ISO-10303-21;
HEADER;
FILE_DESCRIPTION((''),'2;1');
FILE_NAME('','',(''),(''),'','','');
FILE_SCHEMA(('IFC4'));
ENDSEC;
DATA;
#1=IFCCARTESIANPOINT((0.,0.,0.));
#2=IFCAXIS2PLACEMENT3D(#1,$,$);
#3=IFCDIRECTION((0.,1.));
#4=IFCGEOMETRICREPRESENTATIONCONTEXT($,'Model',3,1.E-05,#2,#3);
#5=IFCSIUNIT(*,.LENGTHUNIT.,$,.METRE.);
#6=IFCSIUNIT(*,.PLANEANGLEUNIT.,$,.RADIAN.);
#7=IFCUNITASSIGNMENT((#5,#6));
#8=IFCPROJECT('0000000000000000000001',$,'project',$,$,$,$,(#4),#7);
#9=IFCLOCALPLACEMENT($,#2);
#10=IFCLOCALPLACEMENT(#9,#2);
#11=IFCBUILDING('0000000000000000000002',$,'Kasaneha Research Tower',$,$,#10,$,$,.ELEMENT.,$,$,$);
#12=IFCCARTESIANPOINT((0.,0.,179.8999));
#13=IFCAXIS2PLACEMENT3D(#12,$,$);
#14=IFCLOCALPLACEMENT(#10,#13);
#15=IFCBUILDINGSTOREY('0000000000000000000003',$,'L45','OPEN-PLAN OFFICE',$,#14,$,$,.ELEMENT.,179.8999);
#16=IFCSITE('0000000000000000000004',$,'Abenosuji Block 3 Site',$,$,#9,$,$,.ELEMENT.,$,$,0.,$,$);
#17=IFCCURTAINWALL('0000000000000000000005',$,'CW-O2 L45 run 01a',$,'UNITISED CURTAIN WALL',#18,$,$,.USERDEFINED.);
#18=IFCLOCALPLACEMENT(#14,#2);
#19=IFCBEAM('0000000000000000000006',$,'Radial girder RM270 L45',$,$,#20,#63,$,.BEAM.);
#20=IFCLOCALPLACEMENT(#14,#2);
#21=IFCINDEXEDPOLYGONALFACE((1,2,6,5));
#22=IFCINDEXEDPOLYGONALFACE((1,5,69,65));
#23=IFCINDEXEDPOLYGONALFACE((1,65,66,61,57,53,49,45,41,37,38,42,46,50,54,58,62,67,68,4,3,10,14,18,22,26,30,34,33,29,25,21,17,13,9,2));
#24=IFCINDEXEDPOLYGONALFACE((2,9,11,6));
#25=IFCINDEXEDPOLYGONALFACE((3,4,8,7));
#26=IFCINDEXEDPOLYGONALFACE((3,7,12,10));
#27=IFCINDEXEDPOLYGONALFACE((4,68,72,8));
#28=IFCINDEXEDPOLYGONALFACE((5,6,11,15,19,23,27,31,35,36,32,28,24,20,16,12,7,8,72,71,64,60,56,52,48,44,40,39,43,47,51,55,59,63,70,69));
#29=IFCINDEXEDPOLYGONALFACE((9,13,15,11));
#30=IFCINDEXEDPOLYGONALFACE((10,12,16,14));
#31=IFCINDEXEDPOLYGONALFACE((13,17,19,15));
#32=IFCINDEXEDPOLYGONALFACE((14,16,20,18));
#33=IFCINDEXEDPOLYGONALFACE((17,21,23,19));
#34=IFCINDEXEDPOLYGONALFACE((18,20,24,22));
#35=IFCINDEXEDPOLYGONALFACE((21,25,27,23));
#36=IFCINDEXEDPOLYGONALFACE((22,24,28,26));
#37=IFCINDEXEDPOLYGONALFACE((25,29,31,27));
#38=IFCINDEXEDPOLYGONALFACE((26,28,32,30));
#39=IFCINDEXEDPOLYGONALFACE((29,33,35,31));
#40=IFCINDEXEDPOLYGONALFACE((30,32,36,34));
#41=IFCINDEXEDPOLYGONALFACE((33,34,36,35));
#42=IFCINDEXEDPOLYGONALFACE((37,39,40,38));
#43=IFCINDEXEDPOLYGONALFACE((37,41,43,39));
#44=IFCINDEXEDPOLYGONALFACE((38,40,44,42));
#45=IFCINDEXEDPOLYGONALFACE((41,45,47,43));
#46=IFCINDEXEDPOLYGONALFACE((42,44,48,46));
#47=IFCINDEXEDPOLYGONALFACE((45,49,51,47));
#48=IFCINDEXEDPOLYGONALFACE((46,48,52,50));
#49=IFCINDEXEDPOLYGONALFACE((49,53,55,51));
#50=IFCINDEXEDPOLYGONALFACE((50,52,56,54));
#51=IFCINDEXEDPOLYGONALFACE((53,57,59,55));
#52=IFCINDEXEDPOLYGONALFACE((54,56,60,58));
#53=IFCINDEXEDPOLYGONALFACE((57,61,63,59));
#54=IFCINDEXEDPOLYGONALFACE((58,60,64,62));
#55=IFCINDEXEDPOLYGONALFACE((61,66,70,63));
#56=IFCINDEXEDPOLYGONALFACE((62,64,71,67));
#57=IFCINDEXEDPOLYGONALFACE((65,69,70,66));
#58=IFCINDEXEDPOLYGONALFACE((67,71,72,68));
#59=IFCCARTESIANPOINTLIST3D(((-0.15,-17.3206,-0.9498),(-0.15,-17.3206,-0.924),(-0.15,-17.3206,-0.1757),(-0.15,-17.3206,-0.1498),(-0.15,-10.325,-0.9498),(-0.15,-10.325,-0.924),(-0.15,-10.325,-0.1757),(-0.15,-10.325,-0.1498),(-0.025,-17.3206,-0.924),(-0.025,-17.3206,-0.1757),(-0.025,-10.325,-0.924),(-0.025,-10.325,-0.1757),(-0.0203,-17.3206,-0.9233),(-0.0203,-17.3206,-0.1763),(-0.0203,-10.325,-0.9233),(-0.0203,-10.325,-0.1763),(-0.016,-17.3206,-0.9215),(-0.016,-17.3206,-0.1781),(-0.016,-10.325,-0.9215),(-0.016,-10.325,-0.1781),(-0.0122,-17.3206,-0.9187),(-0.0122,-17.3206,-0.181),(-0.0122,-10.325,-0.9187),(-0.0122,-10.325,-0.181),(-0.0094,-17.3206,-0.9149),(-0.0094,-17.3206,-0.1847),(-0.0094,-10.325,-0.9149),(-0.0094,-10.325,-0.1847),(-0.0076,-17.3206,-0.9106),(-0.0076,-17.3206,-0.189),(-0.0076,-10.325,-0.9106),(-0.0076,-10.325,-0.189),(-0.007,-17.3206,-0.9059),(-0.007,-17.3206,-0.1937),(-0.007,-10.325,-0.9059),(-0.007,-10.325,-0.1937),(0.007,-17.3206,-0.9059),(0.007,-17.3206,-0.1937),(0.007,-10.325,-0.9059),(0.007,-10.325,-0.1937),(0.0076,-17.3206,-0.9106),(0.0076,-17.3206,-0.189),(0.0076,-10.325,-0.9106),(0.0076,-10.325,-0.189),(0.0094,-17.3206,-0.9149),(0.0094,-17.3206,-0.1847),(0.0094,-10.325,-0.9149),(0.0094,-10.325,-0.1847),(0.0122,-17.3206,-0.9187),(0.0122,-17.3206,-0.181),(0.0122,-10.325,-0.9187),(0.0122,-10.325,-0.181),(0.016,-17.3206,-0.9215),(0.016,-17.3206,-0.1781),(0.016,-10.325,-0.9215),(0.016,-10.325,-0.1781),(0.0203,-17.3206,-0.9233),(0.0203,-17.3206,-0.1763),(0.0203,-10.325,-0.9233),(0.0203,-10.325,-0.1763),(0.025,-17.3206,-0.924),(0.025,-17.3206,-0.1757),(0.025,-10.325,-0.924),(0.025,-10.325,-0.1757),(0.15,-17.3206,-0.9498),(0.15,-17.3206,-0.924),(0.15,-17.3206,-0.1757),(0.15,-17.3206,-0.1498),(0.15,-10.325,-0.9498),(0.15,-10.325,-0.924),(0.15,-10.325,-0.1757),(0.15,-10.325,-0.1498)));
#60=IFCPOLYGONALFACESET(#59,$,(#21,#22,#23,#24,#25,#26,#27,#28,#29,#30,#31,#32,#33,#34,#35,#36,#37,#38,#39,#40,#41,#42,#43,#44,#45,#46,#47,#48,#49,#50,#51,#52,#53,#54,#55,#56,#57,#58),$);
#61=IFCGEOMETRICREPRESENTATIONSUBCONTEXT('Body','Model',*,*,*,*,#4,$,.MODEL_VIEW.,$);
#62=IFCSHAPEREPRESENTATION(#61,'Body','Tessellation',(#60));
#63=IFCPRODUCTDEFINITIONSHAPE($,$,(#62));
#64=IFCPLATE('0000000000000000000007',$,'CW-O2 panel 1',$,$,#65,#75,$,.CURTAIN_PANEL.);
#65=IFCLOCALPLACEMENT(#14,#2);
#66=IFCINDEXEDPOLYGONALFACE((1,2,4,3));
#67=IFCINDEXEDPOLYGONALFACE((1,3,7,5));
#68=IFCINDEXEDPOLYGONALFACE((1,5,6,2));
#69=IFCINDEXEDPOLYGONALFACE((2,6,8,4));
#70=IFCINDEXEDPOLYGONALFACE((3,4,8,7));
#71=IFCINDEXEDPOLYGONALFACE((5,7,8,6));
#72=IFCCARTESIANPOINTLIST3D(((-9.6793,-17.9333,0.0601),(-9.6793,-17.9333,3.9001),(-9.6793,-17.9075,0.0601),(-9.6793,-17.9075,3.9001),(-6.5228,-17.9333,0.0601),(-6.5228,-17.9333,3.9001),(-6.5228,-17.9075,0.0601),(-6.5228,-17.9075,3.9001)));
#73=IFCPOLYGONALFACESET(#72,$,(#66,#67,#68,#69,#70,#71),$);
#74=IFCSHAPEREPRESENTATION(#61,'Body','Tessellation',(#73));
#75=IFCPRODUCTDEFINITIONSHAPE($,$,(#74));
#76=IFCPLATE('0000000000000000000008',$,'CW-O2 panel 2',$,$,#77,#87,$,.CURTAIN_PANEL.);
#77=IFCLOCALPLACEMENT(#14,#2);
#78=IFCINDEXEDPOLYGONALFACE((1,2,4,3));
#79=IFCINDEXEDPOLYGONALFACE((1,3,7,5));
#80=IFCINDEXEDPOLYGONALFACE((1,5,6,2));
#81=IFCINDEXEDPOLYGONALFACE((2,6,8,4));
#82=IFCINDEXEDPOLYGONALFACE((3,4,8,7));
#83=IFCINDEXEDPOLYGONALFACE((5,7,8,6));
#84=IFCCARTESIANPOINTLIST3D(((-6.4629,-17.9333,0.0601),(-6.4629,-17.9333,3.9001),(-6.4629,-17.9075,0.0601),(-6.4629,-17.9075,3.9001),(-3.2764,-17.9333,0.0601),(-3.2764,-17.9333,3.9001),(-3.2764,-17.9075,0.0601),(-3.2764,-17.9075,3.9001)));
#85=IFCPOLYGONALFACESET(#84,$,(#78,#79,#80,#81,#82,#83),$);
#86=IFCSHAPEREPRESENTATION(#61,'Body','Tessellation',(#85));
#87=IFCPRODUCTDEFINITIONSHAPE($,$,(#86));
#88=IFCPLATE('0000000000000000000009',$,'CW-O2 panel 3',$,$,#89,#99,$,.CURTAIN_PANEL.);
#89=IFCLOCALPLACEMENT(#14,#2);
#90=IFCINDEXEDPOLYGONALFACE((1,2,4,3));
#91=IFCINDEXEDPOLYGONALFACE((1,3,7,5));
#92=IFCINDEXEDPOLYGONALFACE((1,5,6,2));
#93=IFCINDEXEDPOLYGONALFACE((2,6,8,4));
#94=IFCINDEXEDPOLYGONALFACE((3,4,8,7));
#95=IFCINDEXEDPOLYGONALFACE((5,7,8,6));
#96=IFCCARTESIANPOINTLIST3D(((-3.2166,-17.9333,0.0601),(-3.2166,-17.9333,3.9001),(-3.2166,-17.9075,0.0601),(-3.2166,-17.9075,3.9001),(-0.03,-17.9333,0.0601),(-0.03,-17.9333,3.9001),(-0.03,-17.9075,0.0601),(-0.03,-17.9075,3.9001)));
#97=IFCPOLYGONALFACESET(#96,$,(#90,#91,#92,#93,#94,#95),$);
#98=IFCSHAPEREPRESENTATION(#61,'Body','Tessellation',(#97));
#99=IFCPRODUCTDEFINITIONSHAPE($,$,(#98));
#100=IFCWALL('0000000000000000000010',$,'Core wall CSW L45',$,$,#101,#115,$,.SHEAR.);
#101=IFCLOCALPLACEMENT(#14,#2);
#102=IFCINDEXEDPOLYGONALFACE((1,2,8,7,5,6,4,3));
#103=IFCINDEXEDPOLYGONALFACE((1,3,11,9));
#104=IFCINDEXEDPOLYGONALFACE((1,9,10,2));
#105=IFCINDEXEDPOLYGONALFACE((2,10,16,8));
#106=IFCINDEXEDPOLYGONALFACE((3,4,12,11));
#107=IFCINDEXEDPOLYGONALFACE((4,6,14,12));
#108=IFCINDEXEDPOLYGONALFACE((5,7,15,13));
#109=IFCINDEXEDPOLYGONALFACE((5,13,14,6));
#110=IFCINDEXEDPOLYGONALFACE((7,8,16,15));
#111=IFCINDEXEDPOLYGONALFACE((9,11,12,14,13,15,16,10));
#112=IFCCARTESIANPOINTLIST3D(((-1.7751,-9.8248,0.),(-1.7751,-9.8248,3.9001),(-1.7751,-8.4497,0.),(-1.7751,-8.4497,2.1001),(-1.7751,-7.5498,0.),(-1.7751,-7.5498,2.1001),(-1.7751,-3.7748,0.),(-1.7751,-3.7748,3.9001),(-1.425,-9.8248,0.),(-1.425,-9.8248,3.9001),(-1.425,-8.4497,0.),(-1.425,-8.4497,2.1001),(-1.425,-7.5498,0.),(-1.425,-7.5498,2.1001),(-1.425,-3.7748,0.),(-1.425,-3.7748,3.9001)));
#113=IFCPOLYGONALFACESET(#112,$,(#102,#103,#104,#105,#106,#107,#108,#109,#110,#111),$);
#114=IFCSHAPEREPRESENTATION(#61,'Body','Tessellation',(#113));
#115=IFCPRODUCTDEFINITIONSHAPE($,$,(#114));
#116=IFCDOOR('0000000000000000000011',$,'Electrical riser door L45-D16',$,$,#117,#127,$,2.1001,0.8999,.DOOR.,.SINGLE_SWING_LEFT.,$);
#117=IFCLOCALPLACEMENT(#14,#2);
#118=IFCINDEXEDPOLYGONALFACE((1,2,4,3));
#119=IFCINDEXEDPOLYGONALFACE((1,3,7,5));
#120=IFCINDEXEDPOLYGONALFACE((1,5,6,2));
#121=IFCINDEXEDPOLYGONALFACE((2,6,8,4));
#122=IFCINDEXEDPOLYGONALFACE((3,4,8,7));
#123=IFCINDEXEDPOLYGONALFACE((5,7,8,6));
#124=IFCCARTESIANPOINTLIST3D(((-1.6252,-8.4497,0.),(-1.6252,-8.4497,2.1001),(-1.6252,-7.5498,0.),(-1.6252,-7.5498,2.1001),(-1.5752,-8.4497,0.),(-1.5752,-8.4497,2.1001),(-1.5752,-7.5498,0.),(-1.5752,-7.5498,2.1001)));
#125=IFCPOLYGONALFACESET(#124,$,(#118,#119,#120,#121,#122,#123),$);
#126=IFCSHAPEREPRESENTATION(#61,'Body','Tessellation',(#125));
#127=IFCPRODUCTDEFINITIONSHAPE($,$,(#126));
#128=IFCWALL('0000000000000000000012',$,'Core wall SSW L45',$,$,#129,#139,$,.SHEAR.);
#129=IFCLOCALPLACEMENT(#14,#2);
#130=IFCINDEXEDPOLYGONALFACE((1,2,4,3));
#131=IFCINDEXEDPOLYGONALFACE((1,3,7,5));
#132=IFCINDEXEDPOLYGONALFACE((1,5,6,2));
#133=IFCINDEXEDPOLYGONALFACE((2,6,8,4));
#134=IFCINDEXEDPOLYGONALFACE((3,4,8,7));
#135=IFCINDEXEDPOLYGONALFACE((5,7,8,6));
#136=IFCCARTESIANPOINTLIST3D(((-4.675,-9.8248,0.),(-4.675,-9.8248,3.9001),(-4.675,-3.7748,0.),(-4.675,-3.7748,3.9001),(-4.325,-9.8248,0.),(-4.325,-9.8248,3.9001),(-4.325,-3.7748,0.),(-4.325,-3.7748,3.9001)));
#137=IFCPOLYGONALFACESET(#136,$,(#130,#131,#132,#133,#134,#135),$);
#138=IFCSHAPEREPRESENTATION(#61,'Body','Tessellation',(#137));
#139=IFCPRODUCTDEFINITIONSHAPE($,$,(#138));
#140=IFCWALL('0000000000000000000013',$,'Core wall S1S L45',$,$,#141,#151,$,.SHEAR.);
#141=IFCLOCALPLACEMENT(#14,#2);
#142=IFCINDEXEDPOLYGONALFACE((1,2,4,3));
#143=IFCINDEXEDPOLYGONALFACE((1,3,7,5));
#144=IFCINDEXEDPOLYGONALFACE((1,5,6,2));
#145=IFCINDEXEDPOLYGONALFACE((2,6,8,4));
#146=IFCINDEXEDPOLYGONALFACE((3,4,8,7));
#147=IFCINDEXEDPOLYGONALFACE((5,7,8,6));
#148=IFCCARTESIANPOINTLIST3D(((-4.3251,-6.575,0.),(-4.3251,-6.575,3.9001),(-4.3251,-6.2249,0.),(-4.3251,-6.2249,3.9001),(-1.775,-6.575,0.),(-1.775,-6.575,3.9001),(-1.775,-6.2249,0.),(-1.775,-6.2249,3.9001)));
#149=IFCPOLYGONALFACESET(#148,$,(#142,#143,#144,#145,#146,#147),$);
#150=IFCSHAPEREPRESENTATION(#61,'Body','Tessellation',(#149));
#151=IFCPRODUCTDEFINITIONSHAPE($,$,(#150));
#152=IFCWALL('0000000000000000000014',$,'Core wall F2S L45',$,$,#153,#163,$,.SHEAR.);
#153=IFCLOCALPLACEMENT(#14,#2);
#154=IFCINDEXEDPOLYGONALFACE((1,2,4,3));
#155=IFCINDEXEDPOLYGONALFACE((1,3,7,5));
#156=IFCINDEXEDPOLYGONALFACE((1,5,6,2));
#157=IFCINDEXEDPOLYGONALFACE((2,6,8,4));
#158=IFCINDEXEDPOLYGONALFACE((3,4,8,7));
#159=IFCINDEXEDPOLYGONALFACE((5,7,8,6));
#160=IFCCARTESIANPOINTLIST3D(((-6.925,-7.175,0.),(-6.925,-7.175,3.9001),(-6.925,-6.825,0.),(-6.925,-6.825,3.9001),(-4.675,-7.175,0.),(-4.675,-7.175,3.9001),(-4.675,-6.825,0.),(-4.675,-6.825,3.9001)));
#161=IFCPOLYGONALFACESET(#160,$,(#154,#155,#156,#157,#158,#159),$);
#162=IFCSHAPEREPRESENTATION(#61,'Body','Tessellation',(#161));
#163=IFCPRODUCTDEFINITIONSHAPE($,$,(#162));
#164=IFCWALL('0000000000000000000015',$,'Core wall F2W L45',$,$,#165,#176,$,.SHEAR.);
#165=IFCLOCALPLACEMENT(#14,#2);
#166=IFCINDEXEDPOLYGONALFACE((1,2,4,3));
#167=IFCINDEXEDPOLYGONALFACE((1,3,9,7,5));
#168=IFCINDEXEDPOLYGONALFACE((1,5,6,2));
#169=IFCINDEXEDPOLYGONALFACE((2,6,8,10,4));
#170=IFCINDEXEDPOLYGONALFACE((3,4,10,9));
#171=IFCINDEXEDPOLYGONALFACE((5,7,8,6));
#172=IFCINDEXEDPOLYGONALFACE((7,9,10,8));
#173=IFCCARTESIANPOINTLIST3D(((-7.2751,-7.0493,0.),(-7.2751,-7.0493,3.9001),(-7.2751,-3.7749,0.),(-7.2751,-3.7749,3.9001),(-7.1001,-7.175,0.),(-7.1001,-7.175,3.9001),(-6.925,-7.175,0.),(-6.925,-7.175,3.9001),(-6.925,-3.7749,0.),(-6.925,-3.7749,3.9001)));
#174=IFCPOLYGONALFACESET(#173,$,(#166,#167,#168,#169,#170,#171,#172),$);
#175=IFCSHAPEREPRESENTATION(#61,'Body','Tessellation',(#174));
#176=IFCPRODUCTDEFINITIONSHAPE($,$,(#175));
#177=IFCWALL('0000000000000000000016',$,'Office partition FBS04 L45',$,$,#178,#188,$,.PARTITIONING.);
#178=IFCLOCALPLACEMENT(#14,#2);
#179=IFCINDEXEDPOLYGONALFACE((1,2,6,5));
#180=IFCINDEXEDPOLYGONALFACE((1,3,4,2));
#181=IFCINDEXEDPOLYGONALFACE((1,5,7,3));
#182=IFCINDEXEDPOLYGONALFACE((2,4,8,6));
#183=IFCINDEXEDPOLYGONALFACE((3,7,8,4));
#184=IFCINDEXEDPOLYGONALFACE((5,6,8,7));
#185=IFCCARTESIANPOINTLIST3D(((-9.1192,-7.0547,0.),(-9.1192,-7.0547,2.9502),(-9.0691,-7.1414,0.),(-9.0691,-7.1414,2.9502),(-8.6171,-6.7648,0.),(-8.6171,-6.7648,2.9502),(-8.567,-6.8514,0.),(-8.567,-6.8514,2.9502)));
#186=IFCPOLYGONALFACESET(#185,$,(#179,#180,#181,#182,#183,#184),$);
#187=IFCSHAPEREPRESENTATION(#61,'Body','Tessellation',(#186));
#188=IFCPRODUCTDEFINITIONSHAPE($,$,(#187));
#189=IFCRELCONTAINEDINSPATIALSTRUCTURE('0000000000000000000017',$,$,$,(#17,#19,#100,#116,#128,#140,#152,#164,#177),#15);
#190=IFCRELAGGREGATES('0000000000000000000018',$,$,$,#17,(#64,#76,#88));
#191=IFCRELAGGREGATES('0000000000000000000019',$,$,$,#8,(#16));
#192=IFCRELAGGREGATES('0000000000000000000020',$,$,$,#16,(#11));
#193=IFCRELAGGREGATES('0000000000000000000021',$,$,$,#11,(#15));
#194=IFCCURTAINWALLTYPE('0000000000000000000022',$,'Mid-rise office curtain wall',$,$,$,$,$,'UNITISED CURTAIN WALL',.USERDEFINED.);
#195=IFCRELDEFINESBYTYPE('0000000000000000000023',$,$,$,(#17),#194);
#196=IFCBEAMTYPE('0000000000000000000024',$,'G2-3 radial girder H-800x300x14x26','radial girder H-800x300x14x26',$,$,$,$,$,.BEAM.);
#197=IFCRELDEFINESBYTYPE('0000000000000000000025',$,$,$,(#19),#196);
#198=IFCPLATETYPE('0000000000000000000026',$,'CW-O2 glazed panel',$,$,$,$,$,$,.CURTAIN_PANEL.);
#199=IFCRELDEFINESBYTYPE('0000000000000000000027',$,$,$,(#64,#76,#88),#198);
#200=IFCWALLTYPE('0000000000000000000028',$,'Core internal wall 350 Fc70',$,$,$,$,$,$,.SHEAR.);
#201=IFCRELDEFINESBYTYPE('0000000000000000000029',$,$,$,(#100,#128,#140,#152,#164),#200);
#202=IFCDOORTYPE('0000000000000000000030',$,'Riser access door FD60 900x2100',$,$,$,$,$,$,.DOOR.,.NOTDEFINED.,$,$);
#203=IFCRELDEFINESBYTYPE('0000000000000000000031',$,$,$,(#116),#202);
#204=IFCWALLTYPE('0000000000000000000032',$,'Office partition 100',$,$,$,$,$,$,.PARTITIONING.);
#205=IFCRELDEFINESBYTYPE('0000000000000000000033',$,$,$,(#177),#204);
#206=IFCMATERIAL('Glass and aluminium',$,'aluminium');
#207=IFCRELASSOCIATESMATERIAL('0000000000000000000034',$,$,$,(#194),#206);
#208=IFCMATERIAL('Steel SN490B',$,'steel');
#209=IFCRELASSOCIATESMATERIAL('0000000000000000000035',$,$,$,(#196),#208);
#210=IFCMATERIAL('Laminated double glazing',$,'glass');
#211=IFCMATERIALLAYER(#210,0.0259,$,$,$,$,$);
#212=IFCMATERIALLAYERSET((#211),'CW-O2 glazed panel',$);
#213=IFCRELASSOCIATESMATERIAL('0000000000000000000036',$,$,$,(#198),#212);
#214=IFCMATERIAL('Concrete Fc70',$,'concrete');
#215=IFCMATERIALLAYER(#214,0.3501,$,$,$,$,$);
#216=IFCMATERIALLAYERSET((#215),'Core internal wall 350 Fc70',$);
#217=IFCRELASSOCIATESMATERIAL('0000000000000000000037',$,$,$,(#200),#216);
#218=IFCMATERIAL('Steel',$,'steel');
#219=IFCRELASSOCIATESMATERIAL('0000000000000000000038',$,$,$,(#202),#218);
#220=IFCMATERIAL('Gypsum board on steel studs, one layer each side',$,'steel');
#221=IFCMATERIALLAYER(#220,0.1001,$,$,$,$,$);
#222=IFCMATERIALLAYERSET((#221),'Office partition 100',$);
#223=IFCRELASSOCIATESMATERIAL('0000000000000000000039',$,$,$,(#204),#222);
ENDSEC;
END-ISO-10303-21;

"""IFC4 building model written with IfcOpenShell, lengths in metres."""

from ifc_helpers import new_model, si_unit, direction, frame, frame_2d, origin, origin_2d, place, context, subcontext, project, spatial, polyline, rectangle, i_section, outline, extrude, material, layer, layer_set, material_profile, profile_set, type_object, element, fill, aggregate, save


model = new_model("IFC4")

# Units and contexts
model_context = context("Model", 3, precision=1e-05, world=origin(), true_north=direction((0.0, 1.0)))
body_context = subcontext(model_context, "Body", "Model", "MODEL_VIEW")
ifc_project = project(units=[si_unit("LENGTHUNIT", "METRE"), si_unit("PLANEANGLEUNIT", "RADIAN")], contexts=[model_context])

# Site, building, storey
site_placement = place(None, origin())
site = spatial("IfcSite", under=ifc_project, at=site_placement, Name="Abenosuji Block 3 Site", CompositionType="ELEMENT", RefElevation=0.0)
building_placement = place(site_placement, origin())
building = spatial("IfcBuilding", under=site, at=building_placement, Name="Kasaneha Research Tower", CompositionType="ELEMENT")
storey_placement = place(building_placement, frame((0.0, 0.0, 179.8999)))
storey = spatial("IfcBuildingStorey", under=building, at=storey_placement, Name="L45", Description="OPEN-PLAN OFFICE", CompositionType="ELEMENT", Elevation=179.8999)

# Curtain wall
ifc_material_1 = material(Name="Glass and aluminium", Category="aluminium")
curtain_wall_type = type_object("IfcCurtainWallType", Name="Mid-rise office curtain wall", ElementType="UNITISED CURTAIN WALL", PredefinedType="USERDEFINED", material=ifc_material_1)
curtain_wall_placement = place(storey_placement, origin())
curtain_wall = element("IfcCurtainWall", 1, at=curtain_wall_placement, inside=storey, type_object=curtain_wall_type, Name="CW-O2 L45 run 01a", ObjectType="UNITISED CURTAIN WALL", PredefinedType="USERDEFINED")

# Beam
ifc_material_2 = material(Name="Steel SN490B", Category="steel")
ifc_material_profile_1 = material_profile(ifc_material_2, i_section(OverallWidth=0.3, OverallDepth=0.8, WebThickness=0.0139, FlangeThickness=0.0259, FilletRadius=0.0181, at=origin_2d()), Name="H-800x300x14x26")
ifc_profile_set_1 = profile_set([ifc_material_profile_1], Name="Steel SN490B")
beam_type_1 = type_object("IfcBeamType", Name="G2-3 radial girder H-800x300x14x26", Description="radial girder H-800x300x14x26", PredefinedType="BEAM", material=ifc_profile_set_1)
beam_1_placement = place(storey_placement, frame((0.0, -10.325, -0.5498), z_axis=(0.0, -1.0, 0.0), x_axis=(1.0, 0.0, 0.0)))
element("IfcBeam", 2, at=beam_1_placement, inside=storey, type_object=beam_type_1, Name="Radial girder RM270 L45", PredefinedType="BEAM", context=body_context, shape_type="SweptSolid", body=[
    extrude(i_section(OverallWidth=0.3, OverallDepth=0.8, WebThickness=0.0139, FlangeThickness=0.0259, FilletRadius=0.0181, at=origin_2d()), origin(), (0.0, 0.0, 1.0), 6.9956),
])

# Plates
ifc_material_3 = material(Name="Laminated double glazing", Category="glass")
ifc_layer_1 = layer(ifc_material_3, 0.0259)
ifc_layer_set_1 = layer_set([ifc_layer_1], Name="CW-O2 glazed panel")
plate_type = type_object("IfcPlateType", Name="CW-O2 glazed panel", PredefinedType="CURTAIN_PANEL", material=ifc_layer_set_1)
plate_1_placement = place(storey_placement, frame((-8.1011, -17.9204, 0.0601), z_axis=(0.0, 0.0, 1.0), x_axis=(1.0, 0.0, 0.0)))
plate_1 = element("IfcPlate", 3, at=plate_1_placement, type_object=plate_type, Name="CW-O2 panel 1", PredefinedType="CURTAIN_PANEL", context=body_context, shape_type="SweptSolid", body=[
    extrude(rectangle(XDim=3.1565, YDim=0.0259, at=origin_2d()), origin(), (0.0, 0.0, 1.0), 3.8401),
])
plate_2_placement = place(storey_placement, frame((-4.8696, -17.9204, 0.0601), z_axis=(0.0, 0.0, 1.0), x_axis=(1.0, 0.0, 0.0)))
plate_2 = element("IfcPlate", 4, at=plate_2_placement, type_object=plate_type, Name="CW-O2 panel 2", PredefinedType="CURTAIN_PANEL", context=body_context, shape_type="SweptSolid", body=[
    extrude(rectangle(XDim=3.1865, YDim=0.0259, at=origin_2d()), origin(), (0.0, 0.0, 1.0), 3.8401),
])
plate_3_placement = place(storey_placement, frame((-1.6233, -17.9204, 0.0601), z_axis=(0.0, 0.0, 1.0), x_axis=(1.0, 0.0, 0.0)))
plate_3 = element("IfcPlate", 5, at=plate_3_placement, type_object=plate_type, Name="CW-O2 panel 3", PredefinedType="CURTAIN_PANEL", context=body_context, shape_type="SweptSolid", body=[
    extrude(rectangle(XDim=3.1865, YDim=0.0259, at=origin_2d()), origin(), (0.0, 0.0, 1.0), 3.8401),
])
aggregate(curtain_wall, [plate_1, plate_2, plate_3])

# Wall, opening, door
ifc_material_4 = material(Name="Concrete Fc70", Category="concrete")
ifc_layer_2 = layer(ifc_material_4, 0.3501)
ifc_layer_set_2 = layer_set([ifc_layer_2], Name="Core internal wall 350 Fc70")
wall_type_1 = type_object("IfcWallType", Name="Core internal wall 350 Fc70", PredefinedType="SHEAR", material=ifc_layer_set_2)
wall_1_placement = place(storey_placement, frame((-1.6001, -3.7749, 0.0), z_axis=(0.0, 0.0, 1.0), x_axis=(0.0, -1.0, 0.0)))
wall_1 = element("IfcWall", 6, at=wall_1_placement, inside=storey, type_object=wall_type_1, Name="Core wall CSW L45", PredefinedType="SHEAR", context=body_context, shape_type="SweptSolid", body=[
    extrude(rectangle(XDim=6.05, YDim=0.3501, at=frame_2d((3.0249, 0.0))), origin(), (0.0, 0.0, 1.0), 3.9001),
])
opening_1_placement = place(wall_1_placement, frame((3.7749, 0.0, 0.0)))
opening_1 = element("IfcOpeningElement", 7, at=opening_1_placement, cuts=wall_1, PredefinedType="OPENING", context=body_context, shape_type="SweptSolid", body=[
    extrude(rectangle(XDim=0.8999, YDim=2.1001, at=frame_2d((0.45, 1.05))), frame((0.0, 0.1851, 0.0), z_axis=(0.0, -1.0, 0.0), x_axis=(1.0, 0.0, 0.0)), (0.0, 0.0, 1.0), 0.3701),
])
ifc_material_5 = material(Name="Steel", Category="steel")
door_type_1 = type_object("IfcDoorType", Name="Riser access door FD60 900x2100", OperationType="NOTDEFINED", PredefinedType="DOOR", material=ifc_material_5)
door_1_placement = place(opening_1_placement, origin())
door_1 = element("IfcDoor", 8, at=door_1_placement, inside=storey, type_object=door_type_1, Name="Electrical riser door L45-D16", OperationType="SINGLE_SWING_LEFT", OverallHeight=2.1001, OverallWidth=0.8999, PredefinedType="DOOR", context=body_context, shape_type="SweptSolid", body=[
    extrude(rectangle(XDim=0.8999, YDim=2.1001, at=frame_2d((0.45, 1.05))), frame((0.0, 0.0249, 0.0), z_axis=(0.0, -1.0, 0.0), x_axis=(1.0, 0.0, 0.0)), (0.0, 0.0, 1.0), 0.05),
])
fill(opening_1, door_1)

# Walls
wall_2_placement = place(storey_placement, frame((-4.5, -3.7749, 0.0), z_axis=(0.0, 0.0, 1.0), x_axis=(0.0, -1.0, 0.0)))
element("IfcWall", 9, at=wall_2_placement, inside=storey, type_object=wall_type_1, Name="Core wall SSW L45", PredefinedType="SHEAR", context=body_context, shape_type="SweptSolid", body=[
    extrude(rectangle(XDim=6.05, YDim=0.3501, at=frame_2d((3.0249, 0.0))), origin(), (0.0, 0.0, 1.0), 3.9001),
])
wall_3_placement = place(storey_placement, frame((-4.325, -6.3999, 0.0), z_axis=(0.0, 0.0, 1.0), x_axis=(1.0, 0.0, 0.0)))
element("IfcWall", 10, at=wall_3_placement, inside=storey, type_object=wall_type_1, Name="Core wall S1S L45", PredefinedType="SHEAR", context=body_context, shape_type="SweptSolid", body=[
    extrude(rectangle(XDim=2.55, YDim=0.3501, at=frame_2d((1.2749, 0.0))), origin(), (0.0, 0.0, 1.0), 3.9001),
])
wall_4_placement = place(storey_placement, frame((-6.925, -7.0, 0.0), z_axis=(0.0, 0.0, 1.0), x_axis=(1.0, 0.0, 0.0)))
element("IfcWall", 11, at=wall_4_placement, inside=storey, type_object=wall_type_1, Name="Core wall F2S L45", PredefinedType="SHEAR", context=body_context, shape_type="SweptSolid", body=[
    extrude(rectangle(XDim=2.25, YDim=0.3501, at=frame_2d((1.125, 0.0))), origin(), (0.0, 0.0, 1.0), 3.9001),
])
wall_5_placement = place(storey_placement, frame((-7.1001, -3.7749, 0.0), z_axis=(0.0, 0.0, 1.0), x_axis=(0.0, -1.0, 0.0)))
element("IfcWall", 12, at=wall_5_placement, inside=storey, type_object=wall_type_1, Name="Core wall F2W L45", PredefinedType="SHEAR", context=body_context, shape_type="SweptSolid", body=[
    extrude(outline(polyline([(0.0, -0.175), (3.2744, -0.175), (3.4001, 0.0), (3.4001, 0.175), (0.0, 0.175), (0.0, -0.175)])), origin(), (0.0, 0.0, 1.0), 3.9001),
])

# Wall
ifc_material_6 = material(Name="Gypsum board on steel studs, one layer each side", Category="steel")
ifc_layer_3 = layer(ifc_material_6, 0.1001)
ifc_layer_set_3 = layer_set([ifc_layer_3], Name="Office partition 100")
wall_type_2 = type_object("IfcWallType", Name="Office partition 100", PredefinedType="PARTITIONING", material=ifc_layer_set_3)
wall_6_placement = place(storey_placement, frame((-9.0942, -7.0981, 0.0), z_axis=(0.0, 0.0, 1.0), x_axis=(0.865954, 0.500123, 0.0)))
element("IfcWall", 13, at=wall_6_placement, inside=storey, type_object=wall_type_2, Name="Office partition FBS04 L45", PredefinedType="PARTITIONING", context=body_context, shape_type="SweptSolid", body=[
    extrude(rectangle(XDim=0.5798, YDim=0.1001, at=frame_2d((0.29, 0.0))), origin(), (0.0, 0.0, 1.0), 2.9502),
])

save(model, "model.ifc")
